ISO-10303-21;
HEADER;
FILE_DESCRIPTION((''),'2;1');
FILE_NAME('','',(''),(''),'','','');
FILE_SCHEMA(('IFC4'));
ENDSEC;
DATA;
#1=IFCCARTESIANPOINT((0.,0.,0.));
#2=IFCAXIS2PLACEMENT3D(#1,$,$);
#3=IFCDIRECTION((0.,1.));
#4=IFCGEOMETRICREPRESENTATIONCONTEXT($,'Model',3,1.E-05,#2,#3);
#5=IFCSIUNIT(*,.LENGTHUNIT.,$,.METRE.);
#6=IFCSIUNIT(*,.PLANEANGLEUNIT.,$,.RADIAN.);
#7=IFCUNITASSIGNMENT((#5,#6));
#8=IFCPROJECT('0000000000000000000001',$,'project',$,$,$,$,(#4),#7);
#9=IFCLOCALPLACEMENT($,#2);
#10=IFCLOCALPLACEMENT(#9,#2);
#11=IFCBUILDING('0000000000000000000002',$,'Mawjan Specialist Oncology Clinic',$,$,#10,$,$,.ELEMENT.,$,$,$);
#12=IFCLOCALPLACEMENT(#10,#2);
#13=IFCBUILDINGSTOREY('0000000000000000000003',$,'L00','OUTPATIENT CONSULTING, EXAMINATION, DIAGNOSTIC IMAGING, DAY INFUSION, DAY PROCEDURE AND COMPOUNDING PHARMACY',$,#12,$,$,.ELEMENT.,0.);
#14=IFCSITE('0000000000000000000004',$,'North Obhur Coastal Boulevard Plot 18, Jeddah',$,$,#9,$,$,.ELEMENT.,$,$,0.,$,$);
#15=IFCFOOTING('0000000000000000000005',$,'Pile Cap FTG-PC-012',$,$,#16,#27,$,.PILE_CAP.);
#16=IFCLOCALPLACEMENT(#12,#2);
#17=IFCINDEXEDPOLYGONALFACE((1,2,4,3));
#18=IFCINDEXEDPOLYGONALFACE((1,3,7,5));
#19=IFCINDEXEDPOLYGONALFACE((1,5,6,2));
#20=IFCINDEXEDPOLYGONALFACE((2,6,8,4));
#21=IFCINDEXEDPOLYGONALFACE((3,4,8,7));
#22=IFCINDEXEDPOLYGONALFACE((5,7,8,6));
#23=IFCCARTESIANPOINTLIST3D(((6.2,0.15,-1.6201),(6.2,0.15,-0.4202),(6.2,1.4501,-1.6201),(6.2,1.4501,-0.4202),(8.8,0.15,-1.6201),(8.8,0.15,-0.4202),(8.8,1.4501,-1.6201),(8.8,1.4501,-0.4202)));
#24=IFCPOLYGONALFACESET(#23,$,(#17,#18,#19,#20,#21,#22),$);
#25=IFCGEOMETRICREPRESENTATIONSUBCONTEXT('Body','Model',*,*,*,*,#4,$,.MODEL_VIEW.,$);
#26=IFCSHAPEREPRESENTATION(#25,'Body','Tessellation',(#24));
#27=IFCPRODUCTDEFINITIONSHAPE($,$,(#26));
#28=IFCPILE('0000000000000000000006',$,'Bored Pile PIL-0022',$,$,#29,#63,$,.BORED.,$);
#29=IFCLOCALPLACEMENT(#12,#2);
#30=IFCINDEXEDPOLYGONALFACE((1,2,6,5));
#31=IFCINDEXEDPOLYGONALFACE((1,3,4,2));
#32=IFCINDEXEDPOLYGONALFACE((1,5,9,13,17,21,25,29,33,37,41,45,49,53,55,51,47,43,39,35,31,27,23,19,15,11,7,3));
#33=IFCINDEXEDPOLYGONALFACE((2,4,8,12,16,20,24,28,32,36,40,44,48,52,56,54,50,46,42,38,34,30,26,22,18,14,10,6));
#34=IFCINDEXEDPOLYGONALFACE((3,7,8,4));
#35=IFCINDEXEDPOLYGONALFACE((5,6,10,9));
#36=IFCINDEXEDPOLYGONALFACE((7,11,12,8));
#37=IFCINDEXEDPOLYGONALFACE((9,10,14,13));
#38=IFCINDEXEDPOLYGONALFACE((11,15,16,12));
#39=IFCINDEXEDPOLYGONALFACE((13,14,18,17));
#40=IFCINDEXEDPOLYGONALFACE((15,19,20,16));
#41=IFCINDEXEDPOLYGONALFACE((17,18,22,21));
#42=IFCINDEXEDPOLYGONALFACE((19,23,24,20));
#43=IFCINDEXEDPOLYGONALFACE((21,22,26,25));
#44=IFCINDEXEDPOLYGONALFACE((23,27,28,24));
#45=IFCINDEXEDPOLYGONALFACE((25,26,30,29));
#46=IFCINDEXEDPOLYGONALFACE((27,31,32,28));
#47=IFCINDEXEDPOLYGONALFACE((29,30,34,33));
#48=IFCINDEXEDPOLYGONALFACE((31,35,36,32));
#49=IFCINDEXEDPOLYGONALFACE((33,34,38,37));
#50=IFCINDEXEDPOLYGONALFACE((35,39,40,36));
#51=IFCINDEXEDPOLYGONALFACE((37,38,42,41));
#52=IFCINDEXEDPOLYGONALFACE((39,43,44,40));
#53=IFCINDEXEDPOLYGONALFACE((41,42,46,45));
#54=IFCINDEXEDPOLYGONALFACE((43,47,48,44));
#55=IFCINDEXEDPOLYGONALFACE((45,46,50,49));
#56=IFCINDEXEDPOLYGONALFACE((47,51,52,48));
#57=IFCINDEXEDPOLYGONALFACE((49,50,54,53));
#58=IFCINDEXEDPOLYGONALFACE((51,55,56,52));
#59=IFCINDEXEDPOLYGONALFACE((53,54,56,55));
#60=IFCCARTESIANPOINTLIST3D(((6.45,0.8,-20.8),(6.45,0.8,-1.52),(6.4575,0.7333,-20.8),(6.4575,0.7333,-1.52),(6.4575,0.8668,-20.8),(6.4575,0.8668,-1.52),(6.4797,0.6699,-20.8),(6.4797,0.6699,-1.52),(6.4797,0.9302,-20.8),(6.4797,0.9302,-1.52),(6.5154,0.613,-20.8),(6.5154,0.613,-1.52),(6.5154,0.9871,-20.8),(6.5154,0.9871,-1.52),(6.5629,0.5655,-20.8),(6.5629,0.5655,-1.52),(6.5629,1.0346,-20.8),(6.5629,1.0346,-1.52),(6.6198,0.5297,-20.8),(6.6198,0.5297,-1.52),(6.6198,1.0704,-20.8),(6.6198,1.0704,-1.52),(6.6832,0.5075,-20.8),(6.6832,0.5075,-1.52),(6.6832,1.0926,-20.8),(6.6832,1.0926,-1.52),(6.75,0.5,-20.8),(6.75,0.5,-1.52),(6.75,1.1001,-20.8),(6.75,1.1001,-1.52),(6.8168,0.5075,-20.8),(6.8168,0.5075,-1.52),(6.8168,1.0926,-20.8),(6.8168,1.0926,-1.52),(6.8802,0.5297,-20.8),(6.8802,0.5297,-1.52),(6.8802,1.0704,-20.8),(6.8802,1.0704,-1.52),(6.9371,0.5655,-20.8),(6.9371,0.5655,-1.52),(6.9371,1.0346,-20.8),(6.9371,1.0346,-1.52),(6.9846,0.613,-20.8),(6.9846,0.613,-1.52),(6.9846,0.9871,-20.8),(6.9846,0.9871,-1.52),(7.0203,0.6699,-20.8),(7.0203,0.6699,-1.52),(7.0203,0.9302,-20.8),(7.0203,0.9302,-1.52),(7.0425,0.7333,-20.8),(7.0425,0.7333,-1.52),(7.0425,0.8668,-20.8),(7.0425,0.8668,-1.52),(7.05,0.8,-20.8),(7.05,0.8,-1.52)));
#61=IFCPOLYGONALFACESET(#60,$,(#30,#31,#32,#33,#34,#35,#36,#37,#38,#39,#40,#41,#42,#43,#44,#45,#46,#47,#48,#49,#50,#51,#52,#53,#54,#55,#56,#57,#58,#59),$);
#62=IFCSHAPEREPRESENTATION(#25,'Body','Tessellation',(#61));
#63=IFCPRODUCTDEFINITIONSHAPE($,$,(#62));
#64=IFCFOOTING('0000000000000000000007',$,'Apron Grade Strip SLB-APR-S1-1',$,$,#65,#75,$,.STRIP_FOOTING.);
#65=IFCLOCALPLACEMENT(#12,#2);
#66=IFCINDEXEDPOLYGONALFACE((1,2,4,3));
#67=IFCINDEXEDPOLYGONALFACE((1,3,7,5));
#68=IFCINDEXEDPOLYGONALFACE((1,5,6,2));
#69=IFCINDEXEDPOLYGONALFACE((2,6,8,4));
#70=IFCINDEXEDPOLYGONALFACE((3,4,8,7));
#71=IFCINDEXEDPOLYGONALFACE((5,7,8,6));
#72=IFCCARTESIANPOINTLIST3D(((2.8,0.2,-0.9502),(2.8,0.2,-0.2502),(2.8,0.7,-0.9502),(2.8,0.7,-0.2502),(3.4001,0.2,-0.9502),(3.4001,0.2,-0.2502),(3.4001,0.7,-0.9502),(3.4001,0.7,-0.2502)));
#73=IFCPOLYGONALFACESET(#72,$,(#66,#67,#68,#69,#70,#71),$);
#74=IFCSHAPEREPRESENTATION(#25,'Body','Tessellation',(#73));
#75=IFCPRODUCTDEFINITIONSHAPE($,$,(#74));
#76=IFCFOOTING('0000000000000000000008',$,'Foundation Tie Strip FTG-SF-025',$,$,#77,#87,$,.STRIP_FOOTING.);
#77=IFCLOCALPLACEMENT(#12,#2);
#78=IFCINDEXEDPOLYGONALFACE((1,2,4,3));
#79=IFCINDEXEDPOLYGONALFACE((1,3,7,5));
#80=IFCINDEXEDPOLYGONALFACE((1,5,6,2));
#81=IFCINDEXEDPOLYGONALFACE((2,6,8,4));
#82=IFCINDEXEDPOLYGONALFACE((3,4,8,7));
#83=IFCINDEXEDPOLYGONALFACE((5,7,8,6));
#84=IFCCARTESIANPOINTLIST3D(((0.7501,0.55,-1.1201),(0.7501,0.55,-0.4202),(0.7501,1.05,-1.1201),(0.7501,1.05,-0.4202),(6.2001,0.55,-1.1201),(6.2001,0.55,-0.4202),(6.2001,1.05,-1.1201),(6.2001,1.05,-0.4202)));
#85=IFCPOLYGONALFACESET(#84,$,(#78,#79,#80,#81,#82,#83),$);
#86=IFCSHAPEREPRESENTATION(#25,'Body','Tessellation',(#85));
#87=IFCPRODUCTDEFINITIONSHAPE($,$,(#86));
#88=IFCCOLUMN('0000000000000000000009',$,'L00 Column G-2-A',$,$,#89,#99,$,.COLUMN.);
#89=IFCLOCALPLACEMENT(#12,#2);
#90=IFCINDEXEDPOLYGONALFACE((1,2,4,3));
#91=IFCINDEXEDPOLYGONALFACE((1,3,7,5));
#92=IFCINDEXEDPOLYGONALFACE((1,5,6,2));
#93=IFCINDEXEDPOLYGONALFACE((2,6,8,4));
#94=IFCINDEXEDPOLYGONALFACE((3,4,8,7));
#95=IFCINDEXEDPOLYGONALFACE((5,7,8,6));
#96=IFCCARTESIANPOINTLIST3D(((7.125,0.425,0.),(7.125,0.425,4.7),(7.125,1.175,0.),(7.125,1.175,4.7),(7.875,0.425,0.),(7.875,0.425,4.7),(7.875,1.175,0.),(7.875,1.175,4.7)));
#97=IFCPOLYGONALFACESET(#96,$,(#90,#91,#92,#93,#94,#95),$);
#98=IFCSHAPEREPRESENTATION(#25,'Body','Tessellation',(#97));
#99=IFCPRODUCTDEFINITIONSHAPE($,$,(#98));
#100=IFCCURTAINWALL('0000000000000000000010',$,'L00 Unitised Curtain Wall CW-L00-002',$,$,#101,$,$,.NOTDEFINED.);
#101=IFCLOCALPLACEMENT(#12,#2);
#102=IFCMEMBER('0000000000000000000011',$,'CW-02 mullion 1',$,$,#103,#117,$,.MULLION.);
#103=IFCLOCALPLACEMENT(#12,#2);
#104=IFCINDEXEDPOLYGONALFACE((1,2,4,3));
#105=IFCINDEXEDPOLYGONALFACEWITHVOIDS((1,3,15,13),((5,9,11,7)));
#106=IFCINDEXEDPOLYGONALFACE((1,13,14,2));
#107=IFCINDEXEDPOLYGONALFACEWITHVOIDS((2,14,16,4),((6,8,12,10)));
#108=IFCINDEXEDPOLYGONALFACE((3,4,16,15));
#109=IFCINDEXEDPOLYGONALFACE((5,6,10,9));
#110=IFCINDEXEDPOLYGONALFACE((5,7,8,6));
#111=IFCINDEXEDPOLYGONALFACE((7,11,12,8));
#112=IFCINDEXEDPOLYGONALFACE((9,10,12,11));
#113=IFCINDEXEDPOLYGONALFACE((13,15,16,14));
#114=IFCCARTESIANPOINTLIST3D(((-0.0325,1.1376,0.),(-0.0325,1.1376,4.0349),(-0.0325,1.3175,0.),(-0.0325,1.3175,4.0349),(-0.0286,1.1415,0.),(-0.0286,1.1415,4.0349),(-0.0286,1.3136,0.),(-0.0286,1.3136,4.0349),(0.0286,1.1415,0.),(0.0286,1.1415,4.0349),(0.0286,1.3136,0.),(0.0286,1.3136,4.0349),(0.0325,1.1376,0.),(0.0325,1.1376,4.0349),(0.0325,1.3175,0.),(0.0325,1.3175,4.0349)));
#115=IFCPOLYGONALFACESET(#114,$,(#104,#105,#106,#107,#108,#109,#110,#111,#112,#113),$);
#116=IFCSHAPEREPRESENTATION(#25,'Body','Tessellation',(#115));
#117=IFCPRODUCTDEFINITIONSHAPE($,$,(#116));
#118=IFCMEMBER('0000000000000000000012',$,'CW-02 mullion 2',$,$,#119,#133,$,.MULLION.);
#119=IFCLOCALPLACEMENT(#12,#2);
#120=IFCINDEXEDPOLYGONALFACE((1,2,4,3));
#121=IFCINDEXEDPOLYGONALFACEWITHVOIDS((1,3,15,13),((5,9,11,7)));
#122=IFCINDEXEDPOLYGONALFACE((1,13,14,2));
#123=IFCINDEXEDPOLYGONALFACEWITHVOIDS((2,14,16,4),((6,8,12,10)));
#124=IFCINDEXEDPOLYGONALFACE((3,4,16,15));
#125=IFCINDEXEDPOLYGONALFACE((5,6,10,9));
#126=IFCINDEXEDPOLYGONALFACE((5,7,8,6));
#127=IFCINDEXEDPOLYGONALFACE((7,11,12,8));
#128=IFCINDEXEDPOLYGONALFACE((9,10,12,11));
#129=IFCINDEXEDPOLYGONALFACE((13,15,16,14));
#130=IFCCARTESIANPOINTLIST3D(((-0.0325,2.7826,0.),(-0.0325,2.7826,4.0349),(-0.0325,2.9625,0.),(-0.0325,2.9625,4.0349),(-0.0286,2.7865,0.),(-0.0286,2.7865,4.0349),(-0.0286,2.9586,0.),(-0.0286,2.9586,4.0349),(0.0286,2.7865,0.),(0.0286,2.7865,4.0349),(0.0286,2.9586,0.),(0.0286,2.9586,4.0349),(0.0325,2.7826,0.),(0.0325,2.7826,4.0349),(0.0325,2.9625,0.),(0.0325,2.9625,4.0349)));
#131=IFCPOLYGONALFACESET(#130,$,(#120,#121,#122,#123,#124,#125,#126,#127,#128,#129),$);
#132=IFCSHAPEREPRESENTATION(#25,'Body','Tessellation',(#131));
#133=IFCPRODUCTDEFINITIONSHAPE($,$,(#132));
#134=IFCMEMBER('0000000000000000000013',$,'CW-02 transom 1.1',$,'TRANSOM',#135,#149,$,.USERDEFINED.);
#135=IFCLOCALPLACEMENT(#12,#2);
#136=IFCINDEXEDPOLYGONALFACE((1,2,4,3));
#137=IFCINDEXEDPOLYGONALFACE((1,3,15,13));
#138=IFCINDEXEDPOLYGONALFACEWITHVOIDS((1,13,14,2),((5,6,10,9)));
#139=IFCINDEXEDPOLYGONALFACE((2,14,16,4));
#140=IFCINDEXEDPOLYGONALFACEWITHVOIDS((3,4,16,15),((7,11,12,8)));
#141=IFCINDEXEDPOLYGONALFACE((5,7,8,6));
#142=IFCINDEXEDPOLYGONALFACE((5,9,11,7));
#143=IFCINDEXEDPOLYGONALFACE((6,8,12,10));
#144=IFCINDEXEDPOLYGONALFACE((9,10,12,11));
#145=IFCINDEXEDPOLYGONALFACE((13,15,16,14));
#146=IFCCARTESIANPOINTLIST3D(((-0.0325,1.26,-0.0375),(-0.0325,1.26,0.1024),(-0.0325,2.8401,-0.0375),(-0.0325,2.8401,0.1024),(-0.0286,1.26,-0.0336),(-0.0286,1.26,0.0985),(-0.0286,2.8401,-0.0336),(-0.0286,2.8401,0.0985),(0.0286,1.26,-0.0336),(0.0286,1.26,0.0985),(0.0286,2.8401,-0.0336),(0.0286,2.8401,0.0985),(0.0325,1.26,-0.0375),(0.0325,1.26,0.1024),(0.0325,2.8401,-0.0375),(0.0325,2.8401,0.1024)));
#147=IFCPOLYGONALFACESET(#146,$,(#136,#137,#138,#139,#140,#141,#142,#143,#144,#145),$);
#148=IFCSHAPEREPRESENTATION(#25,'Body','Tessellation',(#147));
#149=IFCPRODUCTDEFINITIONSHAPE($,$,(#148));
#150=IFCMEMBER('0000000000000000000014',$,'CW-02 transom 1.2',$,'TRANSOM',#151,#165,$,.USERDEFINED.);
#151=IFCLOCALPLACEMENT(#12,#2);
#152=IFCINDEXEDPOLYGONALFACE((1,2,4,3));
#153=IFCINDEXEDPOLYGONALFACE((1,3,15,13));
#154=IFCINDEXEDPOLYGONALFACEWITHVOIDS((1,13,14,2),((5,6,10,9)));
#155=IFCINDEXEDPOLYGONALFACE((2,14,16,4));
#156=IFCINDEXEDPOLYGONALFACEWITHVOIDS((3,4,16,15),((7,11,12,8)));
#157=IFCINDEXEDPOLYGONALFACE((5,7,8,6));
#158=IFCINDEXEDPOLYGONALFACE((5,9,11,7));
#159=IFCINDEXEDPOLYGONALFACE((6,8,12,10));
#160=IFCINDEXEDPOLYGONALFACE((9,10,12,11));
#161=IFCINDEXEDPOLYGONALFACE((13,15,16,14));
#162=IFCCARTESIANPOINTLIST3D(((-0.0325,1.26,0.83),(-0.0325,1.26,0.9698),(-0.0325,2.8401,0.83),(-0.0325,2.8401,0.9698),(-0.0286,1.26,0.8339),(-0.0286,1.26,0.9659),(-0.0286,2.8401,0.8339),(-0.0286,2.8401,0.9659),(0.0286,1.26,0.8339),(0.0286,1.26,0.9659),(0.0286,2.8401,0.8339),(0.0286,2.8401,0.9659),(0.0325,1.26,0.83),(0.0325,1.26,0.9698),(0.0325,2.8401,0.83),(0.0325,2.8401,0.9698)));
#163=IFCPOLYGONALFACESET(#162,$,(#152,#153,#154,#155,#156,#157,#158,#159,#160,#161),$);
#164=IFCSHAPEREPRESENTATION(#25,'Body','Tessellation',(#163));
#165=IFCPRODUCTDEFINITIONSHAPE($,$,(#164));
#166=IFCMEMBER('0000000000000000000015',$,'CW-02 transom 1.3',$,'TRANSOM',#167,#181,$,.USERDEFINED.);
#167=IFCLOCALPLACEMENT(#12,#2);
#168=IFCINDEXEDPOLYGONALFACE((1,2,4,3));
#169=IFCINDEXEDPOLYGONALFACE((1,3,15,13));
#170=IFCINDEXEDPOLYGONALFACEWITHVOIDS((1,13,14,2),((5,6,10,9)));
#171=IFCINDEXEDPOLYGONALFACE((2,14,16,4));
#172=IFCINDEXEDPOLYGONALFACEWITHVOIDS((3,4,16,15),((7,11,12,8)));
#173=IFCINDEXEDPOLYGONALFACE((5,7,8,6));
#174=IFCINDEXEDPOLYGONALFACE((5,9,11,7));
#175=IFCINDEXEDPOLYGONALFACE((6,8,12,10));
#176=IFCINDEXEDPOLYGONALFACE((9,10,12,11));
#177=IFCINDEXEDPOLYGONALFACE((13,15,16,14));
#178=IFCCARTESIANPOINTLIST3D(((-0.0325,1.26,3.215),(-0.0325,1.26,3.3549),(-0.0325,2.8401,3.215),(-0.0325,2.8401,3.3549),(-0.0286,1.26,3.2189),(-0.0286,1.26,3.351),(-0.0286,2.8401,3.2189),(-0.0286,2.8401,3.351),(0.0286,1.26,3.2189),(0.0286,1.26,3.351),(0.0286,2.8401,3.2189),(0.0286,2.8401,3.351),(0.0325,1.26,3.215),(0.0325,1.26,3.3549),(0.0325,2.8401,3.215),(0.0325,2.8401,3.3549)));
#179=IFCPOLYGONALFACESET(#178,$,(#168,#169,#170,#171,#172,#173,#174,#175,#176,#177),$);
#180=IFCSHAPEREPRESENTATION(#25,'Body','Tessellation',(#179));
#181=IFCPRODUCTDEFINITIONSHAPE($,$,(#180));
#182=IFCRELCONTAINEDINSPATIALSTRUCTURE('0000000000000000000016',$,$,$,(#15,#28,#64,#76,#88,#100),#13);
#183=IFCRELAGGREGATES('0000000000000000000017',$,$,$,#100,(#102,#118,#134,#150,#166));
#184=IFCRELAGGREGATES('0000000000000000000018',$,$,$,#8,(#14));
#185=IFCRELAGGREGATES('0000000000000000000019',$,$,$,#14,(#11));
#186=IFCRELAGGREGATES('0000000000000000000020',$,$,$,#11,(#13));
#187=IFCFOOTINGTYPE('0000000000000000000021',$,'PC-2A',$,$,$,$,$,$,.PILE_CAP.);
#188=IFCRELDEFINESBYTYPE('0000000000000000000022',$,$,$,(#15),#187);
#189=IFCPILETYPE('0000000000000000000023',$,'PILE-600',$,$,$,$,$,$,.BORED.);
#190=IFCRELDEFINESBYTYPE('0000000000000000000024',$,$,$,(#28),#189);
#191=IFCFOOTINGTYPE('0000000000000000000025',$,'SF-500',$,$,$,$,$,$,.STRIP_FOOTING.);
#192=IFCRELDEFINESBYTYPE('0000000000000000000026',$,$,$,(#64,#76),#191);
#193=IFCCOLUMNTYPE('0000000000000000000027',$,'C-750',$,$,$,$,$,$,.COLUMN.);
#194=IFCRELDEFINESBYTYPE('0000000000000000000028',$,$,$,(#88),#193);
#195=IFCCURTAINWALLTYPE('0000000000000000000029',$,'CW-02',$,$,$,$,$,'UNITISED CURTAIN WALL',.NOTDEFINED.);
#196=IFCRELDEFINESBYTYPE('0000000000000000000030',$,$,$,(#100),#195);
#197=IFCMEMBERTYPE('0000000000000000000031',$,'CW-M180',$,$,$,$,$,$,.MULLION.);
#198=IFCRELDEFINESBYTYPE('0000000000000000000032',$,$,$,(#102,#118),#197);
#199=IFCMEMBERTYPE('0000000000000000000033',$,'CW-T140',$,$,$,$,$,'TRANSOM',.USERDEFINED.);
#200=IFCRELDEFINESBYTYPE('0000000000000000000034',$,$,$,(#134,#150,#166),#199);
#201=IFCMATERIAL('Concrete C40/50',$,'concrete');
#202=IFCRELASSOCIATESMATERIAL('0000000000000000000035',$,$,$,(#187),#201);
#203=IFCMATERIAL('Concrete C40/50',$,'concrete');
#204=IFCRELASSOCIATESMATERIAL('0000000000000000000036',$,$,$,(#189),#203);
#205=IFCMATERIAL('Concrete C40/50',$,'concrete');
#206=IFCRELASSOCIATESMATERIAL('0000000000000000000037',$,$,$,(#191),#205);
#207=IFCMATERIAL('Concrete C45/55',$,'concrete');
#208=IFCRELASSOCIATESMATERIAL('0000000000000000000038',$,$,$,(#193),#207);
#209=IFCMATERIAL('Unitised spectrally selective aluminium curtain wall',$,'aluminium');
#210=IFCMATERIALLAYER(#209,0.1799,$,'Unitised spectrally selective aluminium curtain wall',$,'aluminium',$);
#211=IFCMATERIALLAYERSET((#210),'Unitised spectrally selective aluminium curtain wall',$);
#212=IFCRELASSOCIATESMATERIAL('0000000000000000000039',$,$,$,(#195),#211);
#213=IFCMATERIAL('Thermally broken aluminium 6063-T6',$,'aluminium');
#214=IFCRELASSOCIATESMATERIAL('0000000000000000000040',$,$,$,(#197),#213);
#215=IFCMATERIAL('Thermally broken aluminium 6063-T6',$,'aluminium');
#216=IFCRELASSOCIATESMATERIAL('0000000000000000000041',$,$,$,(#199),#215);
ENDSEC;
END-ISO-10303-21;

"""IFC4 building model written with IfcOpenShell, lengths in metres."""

from ifc_helpers import new_model, si_unit, direction, frame, origin, origin_2d, place, context, subcontext, project, spatial, rectangle, hollow_rectangle, circle, extrude, material, layer, layer_set, material_profile, profile_set, type_object, element, aggregate, save


model = new_model("IFC4")

# Units and contexts
model_context = context("Model", 3, precision=1e-05, world=origin(), true_north=direction((0.0, 1.0)))
body_context = subcontext(model_context, "Body", "Model", "MODEL_VIEW")
ifc_project = project(units=[si_unit("LENGTHUNIT", "METRE"), si_unit("PLANEANGLEUNIT", "RADIAN")], contexts=[model_context])

# Site, building, storey
site_placement = place(None, origin())
site = spatial("IfcSite", under=ifc_project, at=site_placement, Name="North Obhur Coastal Boulevard Plot 18, Jeddah", CompositionType="ELEMENT", RefElevation=0.0)
building_placement = place(site_placement, origin())
building = spatial("IfcBuilding", under=site, at=building_placement, Name="Mawjan Specialist Oncology Clinic", CompositionType="ELEMENT")
storey_placement = place(building_placement, origin())
storey = spatial("IfcBuildingStorey", under=building, at=storey_placement, Name="L00", Description="OUTPATIENT CONSULTING, EXAMINATION, DIAGNOSTIC IMAGING, DAY INFUSION, DAY PROCEDURE AND COMPOUNDING PHARMACY", CompositionType="ELEMENT", Elevation=0.0)

# Footing
ifc_material_1 = material(Name="Concrete C40/50", Category="concrete")
footing_type_1 = type_object("IfcFootingType", Name="PC-2A", PredefinedType="PILE_CAP", material=ifc_material_1)
footing_1_placement = place(storey_placement, frame((7.5, 0.8, -1.6201), z_axis=(0.0, 0.0, 1.0), x_axis=(1.0, 0.0, 0.0)))
element("IfcFooting", 1, at=footing_1_placement, inside=storey, type_object=footing_type_1, Name="Pile Cap FTG-PC-012", PredefinedType="PILE_CAP", context=body_context, shape_type="SweptSolid", body=[
    extrude(rectangle(XDim=2.6001, YDim=1.3, at=origin_2d()), origin(), (0.0, 0.0, 1.0), 1.2),
])

# Pile
ifc_material_2 = material(Name="Concrete C40/50", Category="concrete")
ifc_material_profile_1 = material_profile(ifc_material_2, circle(Radius=0.3, at=origin_2d()), Name="BORED PILE D600", Category="concrete")
ifc_profile_set_1 = profile_set([ifc_material_profile_1], Name="Concrete C40/50")
pile_type = type_object("IfcPileType", Name="PILE-600", PredefinedType="BORED", material=ifc_profile_set_1)
pile_placement = place(storey_placement, frame((6.75, 0.8, -1.52), z_axis=(0.0, 0.0, -1.0), x_axis=(1.0, 0.0, 0.0)))
element("IfcPile", 2, at=pile_placement, inside=storey, type_object=pile_type, Name="Bored Pile PIL-0022", PredefinedType="BORED", context=body_context, shape_type="SweptSolid", body=[
    extrude(circle(Radius=0.3, at=origin_2d()), origin(), (0.0, 0.0, 1.0), 19.28),
])

# Footings
ifc_material_3 = material(Name="Concrete C40/50", Category="concrete")
footing_type_2 = type_object("IfcFootingType", Name="SF-500", PredefinedType="STRIP_FOOTING", material=ifc_material_3)
footing_2_placement = place(storey_placement, frame((3.1001, 0.45, -0.9502), z_axis=(0.0, 0.0, 1.0), x_axis=(1.0, 0.0, 0.0)))
element("IfcFooting", 3, at=footing_2_placement, inside=storey, type_object=footing_type_2, Name="Apron Grade Strip SLB-APR-S1-1", PredefinedType="STRIP_FOOTING", context=body_context, shape_type="SweptSolid", body=[
    extrude(rectangle(XDim=0.6001, YDim=0.5, at=origin_2d()), origin(), (0.0, 0.0, 1.0), 0.7),
])
footing_3_placement = place(storey_placement, frame((3.4751, 0.8, -1.1201), z_axis=(0.0, 0.0, 1.0), x_axis=(1.0, 0.0, 0.0)))
element("IfcFooting", 4, at=footing_3_placement, inside=storey, type_object=footing_type_2, Name="Foundation Tie Strip FTG-SF-025", PredefinedType="STRIP_FOOTING", context=body_context, shape_type="SweptSolid", body=[
    extrude(rectangle(XDim=5.45, YDim=0.5, at=origin_2d()), origin(), (0.0, 0.0, 1.0), 0.7),
])

# Column
ifc_material_4 = material(Name="Concrete C45/55", Category="concrete")
ifc_material_profile_2 = material_profile(ifc_material_4, rectangle(XDim=0.75, YDim=0.75, at=origin_2d()), Name="RC COL 750x750", Category="concrete")
ifc_profile_set_2 = profile_set([ifc_material_profile_2], Name="Concrete C45/55")
column_type = type_object("IfcColumnType", Name="C-750", PredefinedType="COLUMN", material=ifc_profile_set_2)
column_placement = place(storey_placement, frame((7.5, 0.8, 0.0), z_axis=(0.0, 0.0, 1.0), x_axis=(1.0, 0.0, 0.0)))
element("IfcColumn", 5, at=column_placement, inside=storey, type_object=column_type, Name="L00 Column G-2-A", PredefinedType="COLUMN", context=body_context, shape_type="SweptSolid", body=[
    extrude(rectangle(XDim=0.75, YDim=0.75, at=origin_2d()), origin(), (0.0, 0.0, 1.0), 4.7),
])

# Curtain wall, members
ifc_material_5 = material(Name="Unitised spectrally selective aluminium curtain wall", Category="aluminium")
ifc_layer_1 = layer(ifc_material_5, 0.1799, Name="Unitised spectrally selective aluminium curtain wall", Category="aluminium")
ifc_layer_set_1 = layer_set([ifc_layer_1], Name="Unitised spectrally selective aluminium curtain wall")
curtain_wall_type = type_object("IfcCurtainWallType", Name="CW-02", ElementType="UNITISED CURTAIN WALL", PredefinedType="NOTDEFINED", material=ifc_layer_set_1)
curtain_wall_placement = place(storey_placement, origin())
curtain_wall = element("IfcCurtainWall", 6, at=curtain_wall_placement, inside=storey, type_object=curtain_wall_type, Name="L00 Unitised Curtain Wall CW-L00-002", PredefinedType="NOTDEFINED")
ifc_material_6 = material(Name="Thermally broken aluminium 6063-T6", Category="aluminium")
ifc_material_profile_3 = material_profile(ifc_material_6, hollow_rectangle(XDim=0.0649, YDim=0.1799, WallThickness=0.0039, at=origin_2d()), Name="ALU MULLION 180x65x4", Category="aluminium")
ifc_profile_set_3 = profile_set([ifc_material_profile_3], Name="Thermally broken aluminium 6063-T6")
member_type_1 = type_object("IfcMemberType", Name="CW-M180", PredefinedType="MULLION", material=ifc_profile_set_3)
member_1_placement = place(storey_placement, frame((0.0, 1.2275, 0.0), z_axis=(0.0, 0.0, 1.0), x_axis=(-1.0, 0.0, 0.0)))
member_1 = element("IfcMember", 7, at=member_1_placement, type_object=member_type_1, Name="CW-02 mullion 1", PredefinedType="MULLION", context=body_context, shape_type="SweptSolid", body=[
    extrude(hollow_rectangle(XDim=0.0649, YDim=0.1799, WallThickness=0.0039, at=origin_2d()), origin(), (0.0, 0.0, 1.0), 4.0349),
])
member_2_placement = place(storey_placement, frame((0.0, 2.8726, 0.0), z_axis=(0.0, 0.0, 1.0), x_axis=(-1.0, 0.0, 0.0)))
member_2 = element("IfcMember", 8, at=member_2_placement, type_object=member_type_1, Name="CW-02 mullion 2", PredefinedType="MULLION", context=body_context, shape_type="SweptSolid", body=[
    extrude(hollow_rectangle(XDim=0.0649, YDim=0.1799, WallThickness=0.0039, at=origin_2d()), origin(), (0.0, 0.0, 1.0), 4.0349),
])
ifc_material_7 = material(Name="Thermally broken aluminium 6063-T6", Category="aluminium")
ifc_material_profile_4 = material_profile(ifc_material_7, hollow_rectangle(XDim=0.0649, YDim=0.1399, WallThickness=0.0039, at=origin_2d()), Name="ALU TRANSOM 140x65x4", Category="aluminium")
ifc_profile_set_4 = profile_set([ifc_material_profile_4], Name="Thermally broken aluminium 6063-T6")
member_type_2 = type_object("IfcMemberType", Name="CW-T140", ElementType="TRANSOM", PredefinedType="USERDEFINED", material=ifc_profile_set_4)
member_3_placement = place(storey_placement, frame((0.0, 1.26, 0.0325), z_axis=(0.0, 1.0, 0.0), x_axis=(-1.0, 0.0, 0.0)))
member_3 = element("IfcMember", 9, at=member_3_placement, type_object=member_type_2, Name="CW-02 transom 1.1", ObjectType="TRANSOM", PredefinedType="USERDEFINED", context=body_context, shape_type="SweptSolid", body=[
    extrude(hollow_rectangle(XDim=0.0649, YDim=0.1399, WallThickness=0.0039, at=origin_2d()), origin(), (0.0, 0.0, 1.0), 1.5801),
])
member_4_placement = place(storey_placement, frame((0.0, 1.26, 0.8999), z_axis=(0.0, 1.0, 0.0), x_axis=(-1.0, 0.0, 0.0)))
member_4 = element("IfcMember", 10, at=member_4_placement, type_object=member_type_2, Name="CW-02 transom 1.2", ObjectType="TRANSOM", PredefinedType="USERDEFINED", context=body_context, shape_type="SweptSolid", body=[
    extrude(hollow_rectangle(XDim=0.0649, YDim=0.1399, WallThickness=0.0039, at=origin_2d()), origin(), (0.0, 0.0, 1.0), 1.5801),
])
member_5_placement = place(storey_placement, frame((0.0, 1.26, 3.2849), z_axis=(0.0, 1.0, 0.0), x_axis=(-1.0, 0.0, 0.0)))
member_5 = element("IfcMember", 11, at=member_5_placement, type_object=member_type_2, Name="CW-02 transom 1.3", ObjectType="TRANSOM", PredefinedType="USERDEFINED", context=body_context, shape_type="SweptSolid", body=[
    extrude(hollow_rectangle(XDim=0.0649, YDim=0.1399, WallThickness=0.0039, at=origin_2d()), origin(), (0.0, 0.0, 1.0), 1.5801),
])

aggregate(curtain_wall, [member_1, member_2, member_3, member_4, member_5])

save(model, "model.ifc")
